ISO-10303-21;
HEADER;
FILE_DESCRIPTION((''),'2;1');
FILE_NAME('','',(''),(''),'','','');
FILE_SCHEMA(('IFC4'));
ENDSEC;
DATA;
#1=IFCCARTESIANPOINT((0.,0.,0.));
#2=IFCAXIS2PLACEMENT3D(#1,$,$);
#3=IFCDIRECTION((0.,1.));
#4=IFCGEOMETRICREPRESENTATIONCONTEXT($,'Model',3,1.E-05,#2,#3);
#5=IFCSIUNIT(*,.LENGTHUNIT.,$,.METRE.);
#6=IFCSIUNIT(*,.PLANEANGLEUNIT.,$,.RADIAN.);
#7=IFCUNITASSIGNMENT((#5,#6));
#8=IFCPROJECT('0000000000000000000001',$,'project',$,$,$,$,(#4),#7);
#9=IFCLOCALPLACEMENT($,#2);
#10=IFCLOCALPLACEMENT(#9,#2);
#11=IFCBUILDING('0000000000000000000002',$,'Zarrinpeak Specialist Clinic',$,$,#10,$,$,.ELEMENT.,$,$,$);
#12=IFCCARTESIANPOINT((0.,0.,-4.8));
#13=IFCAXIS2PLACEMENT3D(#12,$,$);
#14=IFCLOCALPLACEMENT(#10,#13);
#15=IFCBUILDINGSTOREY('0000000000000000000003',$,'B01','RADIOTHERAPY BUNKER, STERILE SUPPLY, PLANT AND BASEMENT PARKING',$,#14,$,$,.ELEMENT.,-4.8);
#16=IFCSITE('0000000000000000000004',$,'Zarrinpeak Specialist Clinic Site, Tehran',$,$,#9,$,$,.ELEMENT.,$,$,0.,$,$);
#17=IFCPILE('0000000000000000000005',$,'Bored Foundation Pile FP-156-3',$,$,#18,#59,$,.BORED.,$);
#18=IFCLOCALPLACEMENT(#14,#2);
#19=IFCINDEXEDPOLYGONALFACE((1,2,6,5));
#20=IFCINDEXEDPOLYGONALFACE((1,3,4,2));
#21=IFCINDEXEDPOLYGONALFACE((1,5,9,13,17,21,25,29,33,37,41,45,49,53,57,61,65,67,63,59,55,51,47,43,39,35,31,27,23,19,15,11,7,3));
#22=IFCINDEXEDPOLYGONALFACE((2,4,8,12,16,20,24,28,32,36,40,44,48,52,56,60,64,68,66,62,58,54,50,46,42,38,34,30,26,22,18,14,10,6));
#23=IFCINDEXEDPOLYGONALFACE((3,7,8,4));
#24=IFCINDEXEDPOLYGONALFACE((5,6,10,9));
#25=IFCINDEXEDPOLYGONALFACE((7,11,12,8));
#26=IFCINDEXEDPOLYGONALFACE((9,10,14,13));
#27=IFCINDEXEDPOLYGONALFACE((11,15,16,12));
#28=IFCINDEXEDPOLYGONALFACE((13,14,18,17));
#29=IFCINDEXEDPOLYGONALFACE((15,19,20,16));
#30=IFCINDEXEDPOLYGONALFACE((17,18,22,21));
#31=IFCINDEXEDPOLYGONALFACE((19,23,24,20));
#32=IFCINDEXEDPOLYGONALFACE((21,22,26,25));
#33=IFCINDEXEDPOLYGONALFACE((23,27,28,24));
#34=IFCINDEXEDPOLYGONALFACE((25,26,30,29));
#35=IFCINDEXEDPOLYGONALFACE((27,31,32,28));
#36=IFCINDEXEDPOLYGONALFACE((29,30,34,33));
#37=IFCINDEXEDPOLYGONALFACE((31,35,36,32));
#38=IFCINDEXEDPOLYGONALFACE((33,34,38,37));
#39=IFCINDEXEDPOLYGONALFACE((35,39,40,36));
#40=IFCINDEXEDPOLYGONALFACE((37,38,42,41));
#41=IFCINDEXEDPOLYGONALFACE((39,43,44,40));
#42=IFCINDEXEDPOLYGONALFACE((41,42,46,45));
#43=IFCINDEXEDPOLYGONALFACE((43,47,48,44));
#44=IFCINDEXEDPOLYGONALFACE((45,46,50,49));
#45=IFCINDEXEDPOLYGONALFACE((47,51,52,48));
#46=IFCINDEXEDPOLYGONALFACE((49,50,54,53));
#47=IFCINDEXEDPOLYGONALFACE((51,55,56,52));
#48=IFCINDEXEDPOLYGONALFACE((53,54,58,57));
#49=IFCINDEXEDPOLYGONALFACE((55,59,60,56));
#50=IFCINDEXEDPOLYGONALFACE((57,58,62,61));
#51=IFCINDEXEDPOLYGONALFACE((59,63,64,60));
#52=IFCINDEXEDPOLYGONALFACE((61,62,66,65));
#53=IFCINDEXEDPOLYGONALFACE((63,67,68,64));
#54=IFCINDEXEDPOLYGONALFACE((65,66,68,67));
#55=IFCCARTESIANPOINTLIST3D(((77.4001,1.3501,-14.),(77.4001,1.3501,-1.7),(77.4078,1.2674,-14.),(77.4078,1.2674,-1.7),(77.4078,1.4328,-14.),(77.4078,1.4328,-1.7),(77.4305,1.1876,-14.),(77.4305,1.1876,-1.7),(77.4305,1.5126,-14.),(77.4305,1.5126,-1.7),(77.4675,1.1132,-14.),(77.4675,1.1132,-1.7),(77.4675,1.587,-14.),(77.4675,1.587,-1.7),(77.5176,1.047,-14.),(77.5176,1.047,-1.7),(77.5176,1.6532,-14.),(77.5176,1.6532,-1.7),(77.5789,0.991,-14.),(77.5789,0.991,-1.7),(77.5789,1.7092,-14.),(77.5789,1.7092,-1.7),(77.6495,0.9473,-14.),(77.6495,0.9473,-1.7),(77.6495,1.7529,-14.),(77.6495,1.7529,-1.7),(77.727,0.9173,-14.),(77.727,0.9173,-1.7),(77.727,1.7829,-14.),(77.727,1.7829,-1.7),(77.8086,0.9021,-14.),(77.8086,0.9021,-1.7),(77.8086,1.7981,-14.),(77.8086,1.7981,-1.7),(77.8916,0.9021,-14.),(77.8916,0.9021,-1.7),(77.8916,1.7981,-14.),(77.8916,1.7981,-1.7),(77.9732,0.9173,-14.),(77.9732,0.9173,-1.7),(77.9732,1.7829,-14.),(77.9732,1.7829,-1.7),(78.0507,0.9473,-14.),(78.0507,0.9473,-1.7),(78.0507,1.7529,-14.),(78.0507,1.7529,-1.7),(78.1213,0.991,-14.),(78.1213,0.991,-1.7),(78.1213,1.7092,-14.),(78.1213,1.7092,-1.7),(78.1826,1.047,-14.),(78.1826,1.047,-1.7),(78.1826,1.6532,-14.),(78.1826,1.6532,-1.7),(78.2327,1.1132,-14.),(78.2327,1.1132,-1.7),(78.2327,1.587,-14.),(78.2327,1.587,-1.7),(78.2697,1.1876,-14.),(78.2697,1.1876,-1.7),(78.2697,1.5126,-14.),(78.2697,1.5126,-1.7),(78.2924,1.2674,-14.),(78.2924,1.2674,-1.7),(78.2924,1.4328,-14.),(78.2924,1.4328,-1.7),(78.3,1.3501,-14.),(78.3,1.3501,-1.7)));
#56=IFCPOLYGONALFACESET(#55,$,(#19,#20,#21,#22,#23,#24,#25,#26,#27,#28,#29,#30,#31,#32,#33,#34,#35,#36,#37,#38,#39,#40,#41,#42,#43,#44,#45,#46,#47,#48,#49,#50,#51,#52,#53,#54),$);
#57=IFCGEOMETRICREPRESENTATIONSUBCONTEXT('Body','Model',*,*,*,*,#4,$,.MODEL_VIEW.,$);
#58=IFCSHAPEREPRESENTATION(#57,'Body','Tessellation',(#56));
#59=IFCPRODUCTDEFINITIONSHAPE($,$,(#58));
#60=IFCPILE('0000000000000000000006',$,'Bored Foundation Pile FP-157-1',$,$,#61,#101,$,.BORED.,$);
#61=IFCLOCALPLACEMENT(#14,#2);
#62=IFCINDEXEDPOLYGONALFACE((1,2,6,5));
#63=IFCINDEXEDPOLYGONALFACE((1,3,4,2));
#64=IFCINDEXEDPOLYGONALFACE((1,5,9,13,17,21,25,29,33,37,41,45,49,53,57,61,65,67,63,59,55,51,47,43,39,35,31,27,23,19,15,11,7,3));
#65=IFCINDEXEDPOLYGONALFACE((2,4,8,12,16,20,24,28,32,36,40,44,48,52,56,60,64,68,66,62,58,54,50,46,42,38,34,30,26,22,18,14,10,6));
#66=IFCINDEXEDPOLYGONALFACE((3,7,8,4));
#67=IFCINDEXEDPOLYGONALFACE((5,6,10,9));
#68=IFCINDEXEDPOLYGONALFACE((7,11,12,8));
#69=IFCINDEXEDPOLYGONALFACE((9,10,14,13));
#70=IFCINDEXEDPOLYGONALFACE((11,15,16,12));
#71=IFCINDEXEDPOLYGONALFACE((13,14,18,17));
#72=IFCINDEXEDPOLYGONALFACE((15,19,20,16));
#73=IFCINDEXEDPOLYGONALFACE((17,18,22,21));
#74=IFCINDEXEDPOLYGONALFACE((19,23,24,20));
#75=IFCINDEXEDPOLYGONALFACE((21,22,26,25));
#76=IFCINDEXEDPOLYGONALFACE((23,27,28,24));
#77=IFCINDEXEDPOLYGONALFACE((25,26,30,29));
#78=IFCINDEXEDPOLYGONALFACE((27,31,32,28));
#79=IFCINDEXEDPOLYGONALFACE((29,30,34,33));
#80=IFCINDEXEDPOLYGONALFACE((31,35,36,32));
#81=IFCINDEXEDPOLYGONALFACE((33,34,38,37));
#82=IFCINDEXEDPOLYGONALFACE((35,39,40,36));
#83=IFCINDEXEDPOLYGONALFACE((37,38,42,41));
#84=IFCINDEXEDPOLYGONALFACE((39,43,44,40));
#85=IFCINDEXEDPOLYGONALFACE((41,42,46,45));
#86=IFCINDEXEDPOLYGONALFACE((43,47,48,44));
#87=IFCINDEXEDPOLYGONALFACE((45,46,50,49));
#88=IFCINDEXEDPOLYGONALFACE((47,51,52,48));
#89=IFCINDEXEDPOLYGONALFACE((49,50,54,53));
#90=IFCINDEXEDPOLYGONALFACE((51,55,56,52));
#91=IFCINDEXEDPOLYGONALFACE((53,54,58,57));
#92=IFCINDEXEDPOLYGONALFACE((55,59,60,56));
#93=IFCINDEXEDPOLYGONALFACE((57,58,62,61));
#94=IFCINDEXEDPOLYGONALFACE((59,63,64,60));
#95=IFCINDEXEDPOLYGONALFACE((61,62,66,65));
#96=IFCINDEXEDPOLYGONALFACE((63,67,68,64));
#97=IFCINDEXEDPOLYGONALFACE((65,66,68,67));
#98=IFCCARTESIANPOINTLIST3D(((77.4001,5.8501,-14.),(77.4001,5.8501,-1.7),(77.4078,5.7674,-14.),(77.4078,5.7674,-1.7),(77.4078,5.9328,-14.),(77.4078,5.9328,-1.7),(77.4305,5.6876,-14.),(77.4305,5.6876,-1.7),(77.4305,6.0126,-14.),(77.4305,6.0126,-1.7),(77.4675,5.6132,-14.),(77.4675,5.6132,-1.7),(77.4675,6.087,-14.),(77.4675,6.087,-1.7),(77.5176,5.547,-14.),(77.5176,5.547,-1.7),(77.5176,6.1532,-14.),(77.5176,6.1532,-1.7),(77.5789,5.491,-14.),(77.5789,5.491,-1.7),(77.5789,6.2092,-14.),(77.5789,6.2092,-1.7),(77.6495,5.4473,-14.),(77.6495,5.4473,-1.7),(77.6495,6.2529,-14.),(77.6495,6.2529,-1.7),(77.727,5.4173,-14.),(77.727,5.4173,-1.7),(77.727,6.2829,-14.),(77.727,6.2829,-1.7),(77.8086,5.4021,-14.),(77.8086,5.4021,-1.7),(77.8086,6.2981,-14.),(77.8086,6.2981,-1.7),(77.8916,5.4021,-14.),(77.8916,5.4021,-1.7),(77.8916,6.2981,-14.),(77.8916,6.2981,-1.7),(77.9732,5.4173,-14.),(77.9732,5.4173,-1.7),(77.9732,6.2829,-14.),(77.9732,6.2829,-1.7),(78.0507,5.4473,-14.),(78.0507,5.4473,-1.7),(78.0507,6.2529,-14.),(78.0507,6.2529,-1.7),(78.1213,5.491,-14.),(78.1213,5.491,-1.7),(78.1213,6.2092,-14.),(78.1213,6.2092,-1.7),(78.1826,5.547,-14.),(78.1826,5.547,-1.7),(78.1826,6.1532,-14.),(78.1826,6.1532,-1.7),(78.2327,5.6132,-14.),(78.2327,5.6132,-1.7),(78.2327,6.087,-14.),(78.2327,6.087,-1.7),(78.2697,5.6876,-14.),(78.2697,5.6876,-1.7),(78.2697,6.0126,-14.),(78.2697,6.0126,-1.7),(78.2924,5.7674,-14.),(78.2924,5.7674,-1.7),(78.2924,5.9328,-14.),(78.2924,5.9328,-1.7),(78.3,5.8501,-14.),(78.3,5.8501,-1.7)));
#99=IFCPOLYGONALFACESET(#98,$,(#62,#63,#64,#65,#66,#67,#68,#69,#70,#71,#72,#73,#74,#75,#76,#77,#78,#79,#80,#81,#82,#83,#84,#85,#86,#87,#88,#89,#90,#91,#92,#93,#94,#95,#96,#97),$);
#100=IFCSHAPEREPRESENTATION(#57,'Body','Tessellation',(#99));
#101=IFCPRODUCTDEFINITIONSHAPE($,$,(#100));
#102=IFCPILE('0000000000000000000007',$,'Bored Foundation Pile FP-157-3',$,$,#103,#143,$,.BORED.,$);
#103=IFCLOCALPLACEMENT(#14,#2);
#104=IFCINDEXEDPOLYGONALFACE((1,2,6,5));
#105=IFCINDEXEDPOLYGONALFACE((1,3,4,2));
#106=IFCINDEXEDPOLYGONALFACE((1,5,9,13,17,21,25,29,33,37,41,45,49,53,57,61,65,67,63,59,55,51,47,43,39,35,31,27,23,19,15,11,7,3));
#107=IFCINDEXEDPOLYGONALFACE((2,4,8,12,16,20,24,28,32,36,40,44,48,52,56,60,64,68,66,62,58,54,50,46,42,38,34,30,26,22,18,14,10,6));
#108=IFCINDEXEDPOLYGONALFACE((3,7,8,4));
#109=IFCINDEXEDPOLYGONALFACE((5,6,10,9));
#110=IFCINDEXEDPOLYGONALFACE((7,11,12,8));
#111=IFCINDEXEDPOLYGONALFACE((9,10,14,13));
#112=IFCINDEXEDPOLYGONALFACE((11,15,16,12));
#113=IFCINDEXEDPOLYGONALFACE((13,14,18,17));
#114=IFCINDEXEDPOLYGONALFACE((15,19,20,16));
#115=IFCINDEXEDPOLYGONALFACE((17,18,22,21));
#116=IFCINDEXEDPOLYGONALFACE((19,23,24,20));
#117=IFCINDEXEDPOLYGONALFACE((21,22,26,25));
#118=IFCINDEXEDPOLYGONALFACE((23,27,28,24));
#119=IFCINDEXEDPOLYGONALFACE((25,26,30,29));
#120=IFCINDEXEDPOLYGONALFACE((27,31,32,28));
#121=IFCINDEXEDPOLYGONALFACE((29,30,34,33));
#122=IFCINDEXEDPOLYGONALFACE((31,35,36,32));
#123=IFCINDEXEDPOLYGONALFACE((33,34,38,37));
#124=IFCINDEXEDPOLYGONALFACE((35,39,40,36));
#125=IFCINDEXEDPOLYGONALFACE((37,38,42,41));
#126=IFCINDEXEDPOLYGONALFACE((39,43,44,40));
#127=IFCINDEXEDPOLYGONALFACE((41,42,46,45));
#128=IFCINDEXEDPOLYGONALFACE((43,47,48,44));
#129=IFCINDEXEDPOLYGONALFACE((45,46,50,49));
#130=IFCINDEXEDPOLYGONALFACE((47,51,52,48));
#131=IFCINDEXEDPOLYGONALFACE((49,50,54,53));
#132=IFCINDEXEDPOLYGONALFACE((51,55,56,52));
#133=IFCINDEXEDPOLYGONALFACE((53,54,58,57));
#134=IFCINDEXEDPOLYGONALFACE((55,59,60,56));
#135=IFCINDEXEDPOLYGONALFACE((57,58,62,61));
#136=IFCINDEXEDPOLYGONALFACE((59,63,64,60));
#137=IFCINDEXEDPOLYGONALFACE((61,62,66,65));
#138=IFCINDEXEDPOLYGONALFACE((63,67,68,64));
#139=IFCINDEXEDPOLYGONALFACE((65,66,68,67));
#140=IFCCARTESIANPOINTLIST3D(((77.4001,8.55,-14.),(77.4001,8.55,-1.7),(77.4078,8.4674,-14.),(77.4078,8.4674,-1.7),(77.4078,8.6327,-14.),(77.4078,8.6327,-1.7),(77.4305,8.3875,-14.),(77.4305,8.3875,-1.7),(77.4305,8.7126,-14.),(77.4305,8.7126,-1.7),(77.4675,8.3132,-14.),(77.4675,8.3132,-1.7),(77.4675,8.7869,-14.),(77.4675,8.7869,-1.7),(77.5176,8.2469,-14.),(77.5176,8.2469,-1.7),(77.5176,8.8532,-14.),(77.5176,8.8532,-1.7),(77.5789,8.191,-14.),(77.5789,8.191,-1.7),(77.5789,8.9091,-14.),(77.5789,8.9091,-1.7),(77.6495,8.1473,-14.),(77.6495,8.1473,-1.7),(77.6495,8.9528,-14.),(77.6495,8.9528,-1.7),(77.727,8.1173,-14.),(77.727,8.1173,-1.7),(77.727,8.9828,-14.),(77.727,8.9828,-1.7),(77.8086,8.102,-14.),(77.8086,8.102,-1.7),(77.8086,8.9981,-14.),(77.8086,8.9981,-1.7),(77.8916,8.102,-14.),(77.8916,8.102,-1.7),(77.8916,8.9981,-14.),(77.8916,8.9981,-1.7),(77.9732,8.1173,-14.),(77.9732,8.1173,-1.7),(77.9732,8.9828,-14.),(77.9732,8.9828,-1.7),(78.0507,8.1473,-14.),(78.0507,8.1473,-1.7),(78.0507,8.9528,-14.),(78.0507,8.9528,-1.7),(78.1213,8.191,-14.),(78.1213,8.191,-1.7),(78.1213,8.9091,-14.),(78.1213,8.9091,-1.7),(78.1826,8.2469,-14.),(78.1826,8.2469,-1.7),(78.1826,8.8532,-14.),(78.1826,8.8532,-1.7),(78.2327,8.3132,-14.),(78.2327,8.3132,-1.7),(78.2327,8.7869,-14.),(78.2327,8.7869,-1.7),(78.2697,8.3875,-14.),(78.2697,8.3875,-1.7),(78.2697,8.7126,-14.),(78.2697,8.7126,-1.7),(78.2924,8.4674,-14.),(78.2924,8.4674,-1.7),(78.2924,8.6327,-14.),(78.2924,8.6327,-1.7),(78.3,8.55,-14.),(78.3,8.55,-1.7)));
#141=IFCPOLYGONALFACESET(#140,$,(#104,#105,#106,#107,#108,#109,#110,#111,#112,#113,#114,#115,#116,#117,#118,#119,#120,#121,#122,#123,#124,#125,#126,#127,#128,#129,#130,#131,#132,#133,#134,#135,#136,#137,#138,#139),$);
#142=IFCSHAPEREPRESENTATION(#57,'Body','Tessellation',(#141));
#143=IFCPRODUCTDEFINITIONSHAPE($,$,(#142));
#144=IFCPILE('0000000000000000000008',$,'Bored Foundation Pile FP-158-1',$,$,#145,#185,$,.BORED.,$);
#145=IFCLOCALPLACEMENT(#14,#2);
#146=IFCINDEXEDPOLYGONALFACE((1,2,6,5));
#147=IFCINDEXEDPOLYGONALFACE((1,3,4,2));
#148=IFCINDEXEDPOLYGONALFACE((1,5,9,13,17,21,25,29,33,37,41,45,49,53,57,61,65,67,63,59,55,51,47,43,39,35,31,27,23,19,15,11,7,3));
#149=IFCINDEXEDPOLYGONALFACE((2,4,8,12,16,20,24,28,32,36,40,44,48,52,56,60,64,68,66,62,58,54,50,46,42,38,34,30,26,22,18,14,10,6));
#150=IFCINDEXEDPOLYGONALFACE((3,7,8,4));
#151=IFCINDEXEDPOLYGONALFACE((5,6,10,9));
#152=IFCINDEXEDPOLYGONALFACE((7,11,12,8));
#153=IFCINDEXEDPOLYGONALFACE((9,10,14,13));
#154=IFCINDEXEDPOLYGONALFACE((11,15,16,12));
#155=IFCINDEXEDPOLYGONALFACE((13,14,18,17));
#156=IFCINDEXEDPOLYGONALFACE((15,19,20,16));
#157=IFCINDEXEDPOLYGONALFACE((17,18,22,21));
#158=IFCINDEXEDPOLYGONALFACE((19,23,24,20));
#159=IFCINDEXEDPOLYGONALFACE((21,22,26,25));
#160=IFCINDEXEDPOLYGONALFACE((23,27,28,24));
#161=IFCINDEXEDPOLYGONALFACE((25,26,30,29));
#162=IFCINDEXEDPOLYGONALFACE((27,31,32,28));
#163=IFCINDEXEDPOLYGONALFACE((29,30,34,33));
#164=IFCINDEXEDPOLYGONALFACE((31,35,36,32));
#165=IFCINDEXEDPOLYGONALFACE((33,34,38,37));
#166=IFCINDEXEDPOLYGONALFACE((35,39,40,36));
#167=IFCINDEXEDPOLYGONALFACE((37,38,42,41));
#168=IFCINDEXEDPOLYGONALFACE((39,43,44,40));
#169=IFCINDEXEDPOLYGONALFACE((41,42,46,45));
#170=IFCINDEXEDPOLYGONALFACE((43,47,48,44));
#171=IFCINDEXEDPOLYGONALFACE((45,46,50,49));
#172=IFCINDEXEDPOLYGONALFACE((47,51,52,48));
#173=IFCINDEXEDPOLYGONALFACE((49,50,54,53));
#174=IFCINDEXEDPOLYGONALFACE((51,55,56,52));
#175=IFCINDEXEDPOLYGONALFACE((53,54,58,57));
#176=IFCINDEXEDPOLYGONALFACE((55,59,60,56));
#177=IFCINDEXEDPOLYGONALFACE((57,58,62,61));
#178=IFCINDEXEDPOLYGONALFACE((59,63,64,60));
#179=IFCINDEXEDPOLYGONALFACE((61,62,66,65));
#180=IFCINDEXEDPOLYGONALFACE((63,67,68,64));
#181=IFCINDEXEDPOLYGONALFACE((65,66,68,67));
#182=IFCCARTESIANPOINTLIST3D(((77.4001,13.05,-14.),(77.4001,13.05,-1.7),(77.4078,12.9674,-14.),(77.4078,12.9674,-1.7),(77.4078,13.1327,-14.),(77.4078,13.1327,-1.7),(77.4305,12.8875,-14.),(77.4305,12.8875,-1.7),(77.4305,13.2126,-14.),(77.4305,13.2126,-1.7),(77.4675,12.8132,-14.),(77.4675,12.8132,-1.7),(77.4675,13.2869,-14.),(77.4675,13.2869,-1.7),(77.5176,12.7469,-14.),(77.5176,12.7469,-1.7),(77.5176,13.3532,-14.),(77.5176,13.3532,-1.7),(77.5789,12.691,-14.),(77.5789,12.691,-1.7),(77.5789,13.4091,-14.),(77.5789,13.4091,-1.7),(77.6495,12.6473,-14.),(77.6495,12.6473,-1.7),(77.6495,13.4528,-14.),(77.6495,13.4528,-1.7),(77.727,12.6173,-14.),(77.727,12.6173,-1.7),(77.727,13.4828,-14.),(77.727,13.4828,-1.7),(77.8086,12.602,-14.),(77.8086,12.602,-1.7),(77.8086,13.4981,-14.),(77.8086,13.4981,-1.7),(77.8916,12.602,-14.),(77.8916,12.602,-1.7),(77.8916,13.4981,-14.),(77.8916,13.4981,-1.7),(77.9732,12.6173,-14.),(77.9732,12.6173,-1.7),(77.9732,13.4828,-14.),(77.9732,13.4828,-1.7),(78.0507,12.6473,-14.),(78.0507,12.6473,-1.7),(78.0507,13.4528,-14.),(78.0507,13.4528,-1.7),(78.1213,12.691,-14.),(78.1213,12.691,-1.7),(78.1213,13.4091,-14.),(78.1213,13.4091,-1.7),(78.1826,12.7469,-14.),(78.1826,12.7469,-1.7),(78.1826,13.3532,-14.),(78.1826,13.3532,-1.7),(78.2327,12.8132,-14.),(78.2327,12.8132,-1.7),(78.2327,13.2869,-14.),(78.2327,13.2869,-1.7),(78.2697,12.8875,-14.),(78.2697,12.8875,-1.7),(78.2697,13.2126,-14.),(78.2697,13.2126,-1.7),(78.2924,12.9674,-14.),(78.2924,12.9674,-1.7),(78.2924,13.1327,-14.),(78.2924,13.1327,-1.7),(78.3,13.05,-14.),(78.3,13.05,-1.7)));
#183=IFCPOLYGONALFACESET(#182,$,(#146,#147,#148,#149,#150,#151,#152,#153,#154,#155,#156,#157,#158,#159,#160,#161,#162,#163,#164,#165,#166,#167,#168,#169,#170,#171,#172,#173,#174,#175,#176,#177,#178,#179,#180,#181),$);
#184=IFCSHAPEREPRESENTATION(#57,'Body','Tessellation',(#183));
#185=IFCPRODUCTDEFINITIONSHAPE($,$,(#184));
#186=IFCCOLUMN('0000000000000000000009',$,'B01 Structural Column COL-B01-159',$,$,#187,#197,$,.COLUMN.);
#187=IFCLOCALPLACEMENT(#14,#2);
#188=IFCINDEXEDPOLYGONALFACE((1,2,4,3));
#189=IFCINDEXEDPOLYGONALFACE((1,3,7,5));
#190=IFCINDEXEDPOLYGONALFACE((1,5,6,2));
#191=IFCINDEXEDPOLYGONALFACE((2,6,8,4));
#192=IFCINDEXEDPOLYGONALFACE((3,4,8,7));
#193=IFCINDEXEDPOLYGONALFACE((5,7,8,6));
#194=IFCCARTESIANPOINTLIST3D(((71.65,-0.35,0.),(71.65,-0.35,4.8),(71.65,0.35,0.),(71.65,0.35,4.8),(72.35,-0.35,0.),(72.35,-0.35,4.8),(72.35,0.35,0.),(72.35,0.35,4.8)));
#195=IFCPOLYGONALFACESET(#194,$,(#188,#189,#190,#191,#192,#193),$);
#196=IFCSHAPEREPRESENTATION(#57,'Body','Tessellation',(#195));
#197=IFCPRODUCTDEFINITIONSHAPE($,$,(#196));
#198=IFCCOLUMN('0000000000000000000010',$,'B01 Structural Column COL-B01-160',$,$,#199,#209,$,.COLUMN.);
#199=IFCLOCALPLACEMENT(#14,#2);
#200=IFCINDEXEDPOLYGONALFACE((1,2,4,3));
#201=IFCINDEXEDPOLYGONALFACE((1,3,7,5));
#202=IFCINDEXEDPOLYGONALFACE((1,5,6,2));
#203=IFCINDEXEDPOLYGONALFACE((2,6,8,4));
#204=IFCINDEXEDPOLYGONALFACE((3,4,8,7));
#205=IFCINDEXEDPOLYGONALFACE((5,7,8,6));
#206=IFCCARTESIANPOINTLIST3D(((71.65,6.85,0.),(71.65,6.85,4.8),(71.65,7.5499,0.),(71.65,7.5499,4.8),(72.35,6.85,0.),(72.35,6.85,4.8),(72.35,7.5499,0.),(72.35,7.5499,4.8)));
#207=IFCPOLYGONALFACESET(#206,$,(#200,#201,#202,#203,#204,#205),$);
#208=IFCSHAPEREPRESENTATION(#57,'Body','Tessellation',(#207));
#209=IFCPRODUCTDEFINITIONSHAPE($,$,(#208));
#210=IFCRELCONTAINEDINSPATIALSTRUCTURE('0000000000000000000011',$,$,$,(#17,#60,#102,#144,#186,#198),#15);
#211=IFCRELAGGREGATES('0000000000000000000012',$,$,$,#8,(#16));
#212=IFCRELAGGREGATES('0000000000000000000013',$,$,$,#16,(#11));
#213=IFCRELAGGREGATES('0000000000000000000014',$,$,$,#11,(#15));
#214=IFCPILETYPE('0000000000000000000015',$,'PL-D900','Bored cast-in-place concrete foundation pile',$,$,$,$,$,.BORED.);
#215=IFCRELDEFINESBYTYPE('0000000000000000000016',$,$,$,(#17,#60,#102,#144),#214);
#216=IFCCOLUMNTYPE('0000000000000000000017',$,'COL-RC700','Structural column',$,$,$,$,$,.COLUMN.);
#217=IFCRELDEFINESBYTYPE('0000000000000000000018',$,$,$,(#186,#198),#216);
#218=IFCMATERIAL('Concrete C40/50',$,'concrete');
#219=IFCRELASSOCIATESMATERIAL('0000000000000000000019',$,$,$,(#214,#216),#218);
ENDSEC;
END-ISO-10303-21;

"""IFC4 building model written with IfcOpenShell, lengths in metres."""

from ifc_helpers import new_model, si_unit, direction, frame, origin, origin_2d, place, context, subcontext, project, spatial, rectangle, circle, extrude, material, material_profile, profile_set, type_object, element, save


model = new_model("IFC4")

# Units and contexts
model_context = context("Model", 3, precision=1e-05, world=origin(), true_north=direction((0.0, 1.0)))
body_context = subcontext(model_context, "Body", "Model", "MODEL_VIEW")
ifc_project = project(units=[si_unit("LENGTHUNIT", "METRE"), si_unit("PLANEANGLEUNIT", "RADIAN")], contexts=[model_context])

# Site, building, storey
site_placement = place(None, origin())
site = spatial("IfcSite", under=ifc_project, at=site_placement, Name="Zarrinpeak Specialist Clinic Site, Tehran", CompositionType="ELEMENT", RefElevation=0.0)
building_placement = place(site_placement, origin())
building = spatial("IfcBuilding", under=site, at=building_placement, Name="Zarrinpeak Specialist Clinic", CompositionType="ELEMENT")
storey_placement = place(building_placement, frame((0.0, 0.0, -4.8)))
storey = spatial("IfcBuildingStorey", under=building, at=storey_placement, Name="B01", Description="RADIOTHERAPY BUNKER, STERILE SUPPLY, PLANT AND BASEMENT PARKING", CompositionType="ELEMENT", Elevation=-4.8)

# Shared definitions
ifc_material_1 = material(Name="Concrete C40/50", Category="concrete")

# Piles
ifc_material_profile_1 = material_profile(ifc_material_1, circle(Radius=0.45, at=origin_2d()), Name="BORED PILE D900")
ifc_profile_set_1 = profile_set([ifc_material_profile_1], Name="Concrete C40/50")
pile_type = type_object("IfcPileType", Name="PL-D900", Description="Bored cast-in-place concrete foundation pile", PredefinedType="BORED", material=ifc_profile_set_1)
for number, where, z_axis, x_axis, name in (
    (1, (77.8501, 1.3501, -1.7), (0.0, 0.0, -1.0), (1.0, 0.0, 0.0), "Bored Foundation Pile FP-156-3"),
    (2, (77.8501, 5.8501, -1.7), (0.0, 0.0, -1.0), (1.0, 0.0, 0.0), "Bored Foundation Pile FP-157-1"),
    (3, (77.8501, 8.55, -1.7), (0.0, 0.0, -1.0), (1.0, 0.0, 0.0), "Bored Foundation Pile FP-157-3"),
    (4, (77.8501, 13.05, -1.7), (0.0, 0.0, -1.0), (1.0, 0.0, 0.0), "Bored Foundation Pile FP-158-1"),
):
    element("IfcPile", number, at=place(storey_placement, frame(where, z_axis=z_axis, x_axis=x_axis)), inside=storey, type_object=pile_type, Name=name, PredefinedType="BORED", context=body_context, shape_type="SweptSolid", body=[
        extrude(circle(Radius=0.45, at=origin_2d()), origin(), (0.0, 0.0, 1.0), 12.3),
    ])

# Columns
ifc_material_profile_2 = material_profile(ifc_material_1, rectangle(XDim=0.7, YDim=0.7, at=origin_2d()), Name="RC 700x700")
ifc_profile_set_2 = profile_set([ifc_material_profile_2], Name="Concrete C40/50")
column_type = type_object("IfcColumnType", Name="COL-RC700", Description="Structural column", PredefinedType="COLUMN", material=ifc_profile_set_2)
for number, where, z_axis, x_axis, name in (
    (5, (72.0, 0.0, 0.0), (0.0, 0.0, 1.0), (1.0, 0.0, 0.0), "B01 Structural Column COL-B01-159"),
    (6, (72.0, 7.2, 0.0), (0.0, 0.0, 1.0), (1.0, 0.0, 0.0), "B01 Structural Column COL-B01-160"),
):
    element("IfcColumn", number, at=place(storey_placement, frame(where, z_axis=z_axis, x_axis=x_axis)), inside=storey, type_object=column_type, Name=name, PredefinedType="COLUMN", context=body_context, shape_type="SweptSolid", body=[
        extrude(rectangle(XDim=0.7, YDim=0.7, at=origin_2d()), origin(), (0.0, 0.0, 1.0), 4.8),
    ])

save(model, "model.ifc")
